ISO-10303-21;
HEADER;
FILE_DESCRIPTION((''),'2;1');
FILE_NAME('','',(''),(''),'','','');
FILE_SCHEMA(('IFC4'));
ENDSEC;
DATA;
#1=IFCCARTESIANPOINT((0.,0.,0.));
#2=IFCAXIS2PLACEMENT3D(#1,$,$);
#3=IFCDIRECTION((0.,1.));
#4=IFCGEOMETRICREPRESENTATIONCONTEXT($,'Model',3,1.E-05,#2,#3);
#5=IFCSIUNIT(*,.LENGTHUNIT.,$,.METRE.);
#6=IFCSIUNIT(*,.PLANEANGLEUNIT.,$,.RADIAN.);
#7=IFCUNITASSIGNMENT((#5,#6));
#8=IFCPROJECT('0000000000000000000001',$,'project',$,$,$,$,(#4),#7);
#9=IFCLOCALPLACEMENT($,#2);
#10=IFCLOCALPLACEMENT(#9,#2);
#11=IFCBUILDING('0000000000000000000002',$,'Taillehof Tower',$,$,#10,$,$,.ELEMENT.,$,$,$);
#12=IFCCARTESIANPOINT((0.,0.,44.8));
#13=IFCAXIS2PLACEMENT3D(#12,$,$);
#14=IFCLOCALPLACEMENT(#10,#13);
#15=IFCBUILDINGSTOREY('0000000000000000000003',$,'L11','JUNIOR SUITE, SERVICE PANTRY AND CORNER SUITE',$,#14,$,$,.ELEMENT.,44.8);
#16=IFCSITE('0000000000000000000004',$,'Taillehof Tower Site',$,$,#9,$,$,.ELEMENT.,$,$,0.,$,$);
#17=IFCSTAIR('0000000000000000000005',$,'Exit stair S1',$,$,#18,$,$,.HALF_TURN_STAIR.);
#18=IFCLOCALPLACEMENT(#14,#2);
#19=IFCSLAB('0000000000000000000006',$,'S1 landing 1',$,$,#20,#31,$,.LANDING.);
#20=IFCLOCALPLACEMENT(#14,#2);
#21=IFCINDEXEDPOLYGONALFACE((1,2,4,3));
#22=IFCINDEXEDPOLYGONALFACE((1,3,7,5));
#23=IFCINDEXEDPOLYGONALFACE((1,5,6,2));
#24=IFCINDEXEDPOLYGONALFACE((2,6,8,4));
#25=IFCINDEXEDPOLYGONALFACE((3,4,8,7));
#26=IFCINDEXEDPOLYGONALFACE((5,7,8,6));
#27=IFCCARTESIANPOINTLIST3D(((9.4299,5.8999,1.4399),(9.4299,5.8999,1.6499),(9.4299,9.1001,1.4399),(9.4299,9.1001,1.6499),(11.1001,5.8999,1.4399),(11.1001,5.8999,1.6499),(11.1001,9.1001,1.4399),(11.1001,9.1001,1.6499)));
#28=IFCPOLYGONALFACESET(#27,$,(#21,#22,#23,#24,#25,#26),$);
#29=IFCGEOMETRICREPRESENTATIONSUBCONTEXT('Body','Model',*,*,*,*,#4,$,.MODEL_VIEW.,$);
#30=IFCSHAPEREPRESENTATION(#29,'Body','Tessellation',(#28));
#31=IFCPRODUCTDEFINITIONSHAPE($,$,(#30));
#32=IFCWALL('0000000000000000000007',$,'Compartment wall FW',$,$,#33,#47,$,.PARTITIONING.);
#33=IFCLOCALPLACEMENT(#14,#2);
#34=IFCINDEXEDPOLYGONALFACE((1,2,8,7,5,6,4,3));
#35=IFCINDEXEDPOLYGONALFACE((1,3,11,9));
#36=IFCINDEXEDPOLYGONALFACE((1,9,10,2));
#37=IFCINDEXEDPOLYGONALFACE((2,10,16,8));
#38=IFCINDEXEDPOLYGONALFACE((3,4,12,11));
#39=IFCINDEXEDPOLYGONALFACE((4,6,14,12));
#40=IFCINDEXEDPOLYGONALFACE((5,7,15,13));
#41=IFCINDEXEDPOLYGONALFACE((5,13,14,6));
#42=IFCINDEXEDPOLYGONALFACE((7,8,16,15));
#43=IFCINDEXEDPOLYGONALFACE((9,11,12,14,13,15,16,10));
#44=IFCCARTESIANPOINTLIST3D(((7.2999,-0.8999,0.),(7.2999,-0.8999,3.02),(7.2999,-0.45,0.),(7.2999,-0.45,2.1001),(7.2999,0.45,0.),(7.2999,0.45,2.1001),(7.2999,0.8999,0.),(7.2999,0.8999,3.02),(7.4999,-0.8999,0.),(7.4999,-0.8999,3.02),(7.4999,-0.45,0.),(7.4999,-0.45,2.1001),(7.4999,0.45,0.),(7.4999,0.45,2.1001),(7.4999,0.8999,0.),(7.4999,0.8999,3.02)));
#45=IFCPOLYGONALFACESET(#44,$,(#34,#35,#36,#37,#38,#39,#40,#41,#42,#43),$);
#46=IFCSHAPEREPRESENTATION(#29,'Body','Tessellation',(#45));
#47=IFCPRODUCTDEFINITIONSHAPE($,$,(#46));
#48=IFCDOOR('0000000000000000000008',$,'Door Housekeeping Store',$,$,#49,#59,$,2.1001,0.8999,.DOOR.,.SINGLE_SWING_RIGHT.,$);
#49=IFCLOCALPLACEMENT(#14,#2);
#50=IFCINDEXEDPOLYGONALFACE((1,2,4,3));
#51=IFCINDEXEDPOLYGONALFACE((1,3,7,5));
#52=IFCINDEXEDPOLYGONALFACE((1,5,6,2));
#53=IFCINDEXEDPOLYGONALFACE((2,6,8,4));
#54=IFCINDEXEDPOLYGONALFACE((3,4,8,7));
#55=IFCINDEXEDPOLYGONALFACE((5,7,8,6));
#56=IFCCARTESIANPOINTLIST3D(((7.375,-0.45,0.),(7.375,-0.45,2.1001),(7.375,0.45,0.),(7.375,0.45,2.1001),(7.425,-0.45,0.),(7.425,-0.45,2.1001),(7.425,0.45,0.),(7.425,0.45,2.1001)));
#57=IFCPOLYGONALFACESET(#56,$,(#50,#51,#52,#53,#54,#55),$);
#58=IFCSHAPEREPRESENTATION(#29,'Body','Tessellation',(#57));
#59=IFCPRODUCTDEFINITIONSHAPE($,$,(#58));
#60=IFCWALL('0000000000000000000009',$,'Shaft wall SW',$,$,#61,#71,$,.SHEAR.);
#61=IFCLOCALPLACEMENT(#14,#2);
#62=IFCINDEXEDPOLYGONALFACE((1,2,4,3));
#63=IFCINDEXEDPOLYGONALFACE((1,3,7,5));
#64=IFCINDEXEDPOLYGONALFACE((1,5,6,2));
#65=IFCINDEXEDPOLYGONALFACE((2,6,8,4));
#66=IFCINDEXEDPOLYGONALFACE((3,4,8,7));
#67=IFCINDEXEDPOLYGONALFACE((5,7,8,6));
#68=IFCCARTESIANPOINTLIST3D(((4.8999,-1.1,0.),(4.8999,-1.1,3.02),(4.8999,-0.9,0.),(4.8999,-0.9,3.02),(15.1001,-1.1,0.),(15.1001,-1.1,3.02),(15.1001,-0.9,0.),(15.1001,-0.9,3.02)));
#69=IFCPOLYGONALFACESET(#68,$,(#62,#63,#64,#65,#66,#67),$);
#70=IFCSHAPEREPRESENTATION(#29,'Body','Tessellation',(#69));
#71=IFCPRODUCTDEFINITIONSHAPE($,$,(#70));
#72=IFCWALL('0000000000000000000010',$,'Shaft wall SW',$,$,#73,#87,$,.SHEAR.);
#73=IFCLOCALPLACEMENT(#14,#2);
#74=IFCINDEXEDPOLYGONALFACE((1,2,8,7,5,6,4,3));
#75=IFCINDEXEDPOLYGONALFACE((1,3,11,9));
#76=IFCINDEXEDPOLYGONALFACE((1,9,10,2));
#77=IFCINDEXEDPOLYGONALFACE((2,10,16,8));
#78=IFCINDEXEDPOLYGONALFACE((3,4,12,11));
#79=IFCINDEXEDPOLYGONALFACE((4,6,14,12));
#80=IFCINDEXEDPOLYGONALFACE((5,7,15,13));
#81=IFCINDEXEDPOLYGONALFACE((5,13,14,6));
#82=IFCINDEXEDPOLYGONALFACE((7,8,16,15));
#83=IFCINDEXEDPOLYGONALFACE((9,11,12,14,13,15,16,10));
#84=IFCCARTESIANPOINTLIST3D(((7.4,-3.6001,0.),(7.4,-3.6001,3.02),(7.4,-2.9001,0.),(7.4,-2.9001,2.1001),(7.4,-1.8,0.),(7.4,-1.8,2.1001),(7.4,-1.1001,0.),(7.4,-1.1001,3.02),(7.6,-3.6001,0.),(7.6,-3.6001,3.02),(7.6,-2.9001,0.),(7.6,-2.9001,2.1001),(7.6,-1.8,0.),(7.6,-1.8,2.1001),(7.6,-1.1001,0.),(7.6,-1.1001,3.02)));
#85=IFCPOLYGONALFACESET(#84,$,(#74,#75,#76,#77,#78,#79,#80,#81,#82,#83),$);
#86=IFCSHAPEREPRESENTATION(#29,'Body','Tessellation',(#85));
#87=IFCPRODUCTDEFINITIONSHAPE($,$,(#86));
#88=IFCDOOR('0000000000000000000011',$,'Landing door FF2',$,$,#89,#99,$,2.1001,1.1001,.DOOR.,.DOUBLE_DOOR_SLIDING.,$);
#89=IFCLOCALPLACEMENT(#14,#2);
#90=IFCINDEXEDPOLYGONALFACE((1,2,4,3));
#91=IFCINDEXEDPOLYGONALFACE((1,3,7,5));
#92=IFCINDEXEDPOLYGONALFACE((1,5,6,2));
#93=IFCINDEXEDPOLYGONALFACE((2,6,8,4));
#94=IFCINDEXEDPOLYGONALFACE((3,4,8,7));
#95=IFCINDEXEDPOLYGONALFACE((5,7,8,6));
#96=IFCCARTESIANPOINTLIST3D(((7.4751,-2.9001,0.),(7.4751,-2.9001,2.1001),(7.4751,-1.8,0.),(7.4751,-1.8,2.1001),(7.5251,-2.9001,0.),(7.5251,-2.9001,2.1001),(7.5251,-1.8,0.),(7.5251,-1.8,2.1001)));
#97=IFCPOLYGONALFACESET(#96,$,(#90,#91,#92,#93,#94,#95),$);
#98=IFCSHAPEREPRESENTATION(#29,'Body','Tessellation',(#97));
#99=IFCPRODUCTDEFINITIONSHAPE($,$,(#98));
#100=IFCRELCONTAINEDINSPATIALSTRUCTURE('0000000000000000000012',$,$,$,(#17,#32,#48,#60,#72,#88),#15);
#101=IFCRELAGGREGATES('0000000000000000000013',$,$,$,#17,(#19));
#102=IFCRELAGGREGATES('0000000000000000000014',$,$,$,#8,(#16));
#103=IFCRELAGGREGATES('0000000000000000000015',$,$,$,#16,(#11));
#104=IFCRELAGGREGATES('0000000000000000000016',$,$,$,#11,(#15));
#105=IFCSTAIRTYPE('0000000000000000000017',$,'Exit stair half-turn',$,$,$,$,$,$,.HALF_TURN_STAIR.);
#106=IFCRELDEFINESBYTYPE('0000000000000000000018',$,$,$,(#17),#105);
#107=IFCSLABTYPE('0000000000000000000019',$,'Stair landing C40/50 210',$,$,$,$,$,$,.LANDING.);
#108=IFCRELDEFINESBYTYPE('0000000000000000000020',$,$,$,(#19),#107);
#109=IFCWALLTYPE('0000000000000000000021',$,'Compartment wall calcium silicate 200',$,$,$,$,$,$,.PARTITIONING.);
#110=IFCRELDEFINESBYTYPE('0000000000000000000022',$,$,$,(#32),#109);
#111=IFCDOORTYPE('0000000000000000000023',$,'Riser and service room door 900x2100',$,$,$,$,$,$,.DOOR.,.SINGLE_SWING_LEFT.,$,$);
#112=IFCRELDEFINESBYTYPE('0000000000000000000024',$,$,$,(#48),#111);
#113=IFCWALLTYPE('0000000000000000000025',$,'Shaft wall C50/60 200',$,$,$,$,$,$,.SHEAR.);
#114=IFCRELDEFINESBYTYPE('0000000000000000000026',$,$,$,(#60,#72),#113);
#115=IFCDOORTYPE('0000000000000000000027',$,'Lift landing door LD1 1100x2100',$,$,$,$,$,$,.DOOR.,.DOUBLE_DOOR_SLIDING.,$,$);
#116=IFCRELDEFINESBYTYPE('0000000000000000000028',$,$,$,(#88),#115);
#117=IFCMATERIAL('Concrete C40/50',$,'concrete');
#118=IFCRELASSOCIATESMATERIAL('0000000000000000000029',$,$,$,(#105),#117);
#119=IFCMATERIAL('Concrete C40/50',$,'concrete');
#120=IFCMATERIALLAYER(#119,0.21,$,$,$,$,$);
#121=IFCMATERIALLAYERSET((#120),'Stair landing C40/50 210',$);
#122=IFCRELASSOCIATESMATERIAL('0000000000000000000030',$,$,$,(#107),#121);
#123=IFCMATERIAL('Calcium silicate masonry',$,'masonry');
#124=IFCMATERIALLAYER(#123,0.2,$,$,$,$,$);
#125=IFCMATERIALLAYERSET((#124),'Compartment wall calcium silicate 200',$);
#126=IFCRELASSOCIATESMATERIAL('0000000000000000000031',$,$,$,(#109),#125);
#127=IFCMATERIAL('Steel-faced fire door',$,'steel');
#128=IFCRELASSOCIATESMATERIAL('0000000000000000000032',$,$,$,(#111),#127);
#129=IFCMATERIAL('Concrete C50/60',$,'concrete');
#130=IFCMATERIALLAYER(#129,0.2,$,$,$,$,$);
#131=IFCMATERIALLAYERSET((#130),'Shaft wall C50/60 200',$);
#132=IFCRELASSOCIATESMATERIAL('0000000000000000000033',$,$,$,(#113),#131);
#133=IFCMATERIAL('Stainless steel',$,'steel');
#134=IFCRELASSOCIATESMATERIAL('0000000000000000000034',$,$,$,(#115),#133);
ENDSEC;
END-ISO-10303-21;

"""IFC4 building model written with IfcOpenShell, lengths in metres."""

from ifc_helpers import new_model, si_unit, direction, frame, frame_2d, origin, place, context, subcontext, project, spatial, polyline, rectangle, outline, extrude, material, layer, layer_set, type_object, element, fill, aggregate, save


model = new_model("IFC4")

# Units and contexts
model_context = context("Model", 3, precision=1e-05, world=origin(), true_north=direction((0.0, 1.0)))
body_context = subcontext(model_context, "Body", "Model", "MODEL_VIEW")
ifc_project = project(units=[si_unit("LENGTHUNIT", "METRE"), si_unit("PLANEANGLEUNIT", "RADIAN")], contexts=[model_context])

# Site, building, storey
site_placement = place(None, origin())
site = spatial("IfcSite", under=ifc_project, at=site_placement, Name="Taillehof Tower Site", CompositionType="ELEMENT", RefElevation=0.0)
building_placement = place(site_placement, origin())
building = spatial("IfcBuilding", under=site, at=building_placement, Name="Taillehof Tower", CompositionType="ELEMENT")
storey_placement = place(building_placement, frame((0.0, 0.0, 44.8)))
storey = spatial("IfcBuildingStorey", under=building, at=storey_placement, Name="L11", Description="JUNIOR SUITE, SERVICE PANTRY AND CORNER SUITE", CompositionType="ELEMENT", Elevation=44.8)

# Stair, slab
ifc_material_1 = material(Name="Concrete C40/50", Category="concrete")
stair_type = type_object("IfcStairType", Name="Exit stair half-turn", PredefinedType="HALF_TURN_STAIR", material=ifc_material_1)
stair_placement = place(storey_placement, origin())
stair = element("IfcStair", 1, at=stair_placement, inside=storey, type_object=stair_type, Name="Exit stair S1", PredefinedType="HALF_TURN_STAIR")
ifc_material_2 = material(Name="Concrete C40/50", Category="concrete")
ifc_layer_1 = layer(ifc_material_2, 0.21)
ifc_layer_set_1 = layer_set([ifc_layer_1], Name="Stair landing C40/50 210")
slab_type_1 = type_object("IfcSlabType", Name="Stair landing C40/50 210", PredefinedType="LANDING", material=ifc_layer_set_1)
slab_1_placement = place(storey_placement, frame((0.0, 0.0, 1.4399)))
slab_1 = element("IfcSlab", 2, at=slab_1_placement, type_object=slab_type_1, Name="S1 landing 1", PredefinedType="LANDING", context=body_context, shape_type="SweptSolid", body=[
    extrude(outline(polyline([(9.4299, 5.8999), (11.1001, 5.8999), (11.1001, 9.1001), (9.4299, 9.1001), (9.4299, 5.8999)])), origin(), (0.0, 0.0, 1.0), 0.21),
])
aggregate(stair, [slab_1])

# Wall, opening, door
ifc_material_3 = material(Name="Calcium silicate masonry", Category="masonry")
ifc_layer_2 = layer(ifc_material_3, 0.2)
ifc_layer_set_2 = layer_set([ifc_layer_2], Name="Compartment wall calcium silicate 200")
wall_type_1 = type_object("IfcWallType", Name="Compartment wall calcium silicate 200", PredefinedType="PARTITIONING", material=ifc_layer_set_2)
wall_1_placement = place(storey_placement, frame((7.3999, -0.8999, 0.0), z_axis=(0.0, 0.0, 1.0), x_axis=(0.0, 1.0, 0.0)))
wall_1 = element("IfcWall", 3, at=wall_1_placement, inside=storey, type_object=wall_type_1, Name="Compartment wall FW", PredefinedType="PARTITIONING", context=body_context, shape_type="SweptSolid", body=[
    extrude(rectangle(XDim=1.7998, YDim=0.2, at=frame_2d((0.8999, 0.0))), origin(), (0.0, 0.0, 1.0), 3.02),
])
opening_1_placement = place(wall_1_placement, frame((0.45, 0.0, 0.0)))
opening_1 = element("IfcOpeningElement", 4, at=opening_1_placement, cuts=wall_1, PredefinedType="OPENING", context=body_context, shape_type="SweptSolid", body=[
    extrude(rectangle(XDim=0.8999, YDim=2.1001, at=frame_2d((0.45, 1.05))), frame((0.0, 0.1099, 0.0), z_axis=(0.0, -1.0, 0.0), x_axis=(1.0, 0.0, 0.0)), (0.0, 0.0, 1.0), 0.22),
])
ifc_material_4 = material(Name="Steel-faced fire door", Category="steel")
door_type_1 = type_object("IfcDoorType", Name="Riser and service room door 900x2100", OperationType="SINGLE_SWING_LEFT", PredefinedType="DOOR", material=ifc_material_4)
door_1_placement = place(opening_1_placement, origin())
door_1 = element("IfcDoor", 5, at=door_1_placement, inside=storey, type_object=door_type_1, Name="Door Housekeeping Store", OperationType="SINGLE_SWING_RIGHT", OverallHeight=2.1001, OverallWidth=0.8999, PredefinedType="DOOR", context=body_context, shape_type="SweptSolid", body=[
    extrude(rectangle(XDim=0.8999, YDim=2.1001, at=frame_2d((0.45, 1.05))), frame((0.0, 0.0249, 0.0), z_axis=(0.0, -1.0, 0.0), x_axis=(1.0, 0.0, 0.0)), (0.0, 0.0, 1.0), 0.05),
])
fill(opening_1, door_1)

# Wall
ifc_material_5 = material(Name="Concrete C50/60", Category="concrete")
ifc_layer_3 = layer(ifc_material_5, 0.2)
ifc_layer_set_3 = layer_set([ifc_layer_3], Name="Shaft wall C50/60 200")
wall_type_2 = type_object("IfcWallType", Name="Shaft wall C50/60 200", PredefinedType="SHEAR", material=ifc_layer_set_3)
wall_2_placement = place(storey_placement, frame((4.8999, -1.0, 0.0), z_axis=(0.0, 0.0, 1.0), x_axis=(1.0, 0.0, 0.0)))
element("IfcWall", 6, at=wall_2_placement, inside=storey, type_object=wall_type_2, Name="Shaft wall SW", PredefinedType="SHEAR", context=body_context, shape_type="SweptSolid", body=[
    extrude(rectangle(XDim=10.2002, YDim=0.2, at=frame_2d((5.1001, 0.0))), origin(), (0.0, 0.0, 1.0), 3.02),
])

# Wall, opening, door
wall_3_placement = place(storey_placement, frame((7.5, -3.6001, 0.0), z_axis=(0.0, 0.0, 1.0), x_axis=(0.0, 1.0, 0.0)))
wall_3 = element("IfcWall", 7, at=wall_3_placement, inside=storey, type_object=wall_type_2, Name="Shaft wall SW", PredefinedType="SHEAR", context=body_context, shape_type="SweptSolid", body=[
    extrude(rectangle(XDim=2.5, YDim=0.2, at=frame_2d((1.25, 0.0))), origin(), (0.0, 0.0, 1.0), 3.02),
])
opening_2_placement = place(wall_3_placement, frame((0.7, 0.0, 0.0)))
opening_2 = element("IfcOpeningElement", 8, at=opening_2_placement, cuts=wall_3, PredefinedType="OPENING", context=body_context, shape_type="SweptSolid", body=[
    extrude(rectangle(XDim=1.1001, YDim=2.1001, at=frame_2d((0.55, 1.05))), frame((0.0, 0.1099, 0.0), z_axis=(0.0, -1.0, 0.0), x_axis=(1.0, 0.0, 0.0)), (0.0, 0.0, 1.0), 0.22),
])
ifc_material_6 = material(Name="Stainless steel", Category="steel")
door_type_2 = type_object("IfcDoorType", Name="Lift landing door LD1 1100x2100", OperationType="DOUBLE_DOOR_SLIDING", PredefinedType="DOOR", material=ifc_material_6)
door_2_placement = place(opening_2_placement, origin())
door_2 = element("IfcDoor", 9, at=door_2_placement, inside=storey, type_object=door_type_2, Name="Landing door FF2", OperationType="DOUBLE_DOOR_SLIDING", OverallHeight=2.1001, OverallWidth=1.1001, PredefinedType="DOOR", context=body_context, shape_type="SweptSolid", body=[
    extrude(rectangle(XDim=1.1001, YDim=2.1001, at=frame_2d((0.55, 1.05))), frame((0.0, 0.0249, 0.0), z_axis=(0.0, -1.0, 0.0), x_axis=(1.0, 0.0, 0.0)), (0.0, 0.0, 1.0), 0.05),
])
fill(opening_2, door_2)

save(model, "model.ifc")
